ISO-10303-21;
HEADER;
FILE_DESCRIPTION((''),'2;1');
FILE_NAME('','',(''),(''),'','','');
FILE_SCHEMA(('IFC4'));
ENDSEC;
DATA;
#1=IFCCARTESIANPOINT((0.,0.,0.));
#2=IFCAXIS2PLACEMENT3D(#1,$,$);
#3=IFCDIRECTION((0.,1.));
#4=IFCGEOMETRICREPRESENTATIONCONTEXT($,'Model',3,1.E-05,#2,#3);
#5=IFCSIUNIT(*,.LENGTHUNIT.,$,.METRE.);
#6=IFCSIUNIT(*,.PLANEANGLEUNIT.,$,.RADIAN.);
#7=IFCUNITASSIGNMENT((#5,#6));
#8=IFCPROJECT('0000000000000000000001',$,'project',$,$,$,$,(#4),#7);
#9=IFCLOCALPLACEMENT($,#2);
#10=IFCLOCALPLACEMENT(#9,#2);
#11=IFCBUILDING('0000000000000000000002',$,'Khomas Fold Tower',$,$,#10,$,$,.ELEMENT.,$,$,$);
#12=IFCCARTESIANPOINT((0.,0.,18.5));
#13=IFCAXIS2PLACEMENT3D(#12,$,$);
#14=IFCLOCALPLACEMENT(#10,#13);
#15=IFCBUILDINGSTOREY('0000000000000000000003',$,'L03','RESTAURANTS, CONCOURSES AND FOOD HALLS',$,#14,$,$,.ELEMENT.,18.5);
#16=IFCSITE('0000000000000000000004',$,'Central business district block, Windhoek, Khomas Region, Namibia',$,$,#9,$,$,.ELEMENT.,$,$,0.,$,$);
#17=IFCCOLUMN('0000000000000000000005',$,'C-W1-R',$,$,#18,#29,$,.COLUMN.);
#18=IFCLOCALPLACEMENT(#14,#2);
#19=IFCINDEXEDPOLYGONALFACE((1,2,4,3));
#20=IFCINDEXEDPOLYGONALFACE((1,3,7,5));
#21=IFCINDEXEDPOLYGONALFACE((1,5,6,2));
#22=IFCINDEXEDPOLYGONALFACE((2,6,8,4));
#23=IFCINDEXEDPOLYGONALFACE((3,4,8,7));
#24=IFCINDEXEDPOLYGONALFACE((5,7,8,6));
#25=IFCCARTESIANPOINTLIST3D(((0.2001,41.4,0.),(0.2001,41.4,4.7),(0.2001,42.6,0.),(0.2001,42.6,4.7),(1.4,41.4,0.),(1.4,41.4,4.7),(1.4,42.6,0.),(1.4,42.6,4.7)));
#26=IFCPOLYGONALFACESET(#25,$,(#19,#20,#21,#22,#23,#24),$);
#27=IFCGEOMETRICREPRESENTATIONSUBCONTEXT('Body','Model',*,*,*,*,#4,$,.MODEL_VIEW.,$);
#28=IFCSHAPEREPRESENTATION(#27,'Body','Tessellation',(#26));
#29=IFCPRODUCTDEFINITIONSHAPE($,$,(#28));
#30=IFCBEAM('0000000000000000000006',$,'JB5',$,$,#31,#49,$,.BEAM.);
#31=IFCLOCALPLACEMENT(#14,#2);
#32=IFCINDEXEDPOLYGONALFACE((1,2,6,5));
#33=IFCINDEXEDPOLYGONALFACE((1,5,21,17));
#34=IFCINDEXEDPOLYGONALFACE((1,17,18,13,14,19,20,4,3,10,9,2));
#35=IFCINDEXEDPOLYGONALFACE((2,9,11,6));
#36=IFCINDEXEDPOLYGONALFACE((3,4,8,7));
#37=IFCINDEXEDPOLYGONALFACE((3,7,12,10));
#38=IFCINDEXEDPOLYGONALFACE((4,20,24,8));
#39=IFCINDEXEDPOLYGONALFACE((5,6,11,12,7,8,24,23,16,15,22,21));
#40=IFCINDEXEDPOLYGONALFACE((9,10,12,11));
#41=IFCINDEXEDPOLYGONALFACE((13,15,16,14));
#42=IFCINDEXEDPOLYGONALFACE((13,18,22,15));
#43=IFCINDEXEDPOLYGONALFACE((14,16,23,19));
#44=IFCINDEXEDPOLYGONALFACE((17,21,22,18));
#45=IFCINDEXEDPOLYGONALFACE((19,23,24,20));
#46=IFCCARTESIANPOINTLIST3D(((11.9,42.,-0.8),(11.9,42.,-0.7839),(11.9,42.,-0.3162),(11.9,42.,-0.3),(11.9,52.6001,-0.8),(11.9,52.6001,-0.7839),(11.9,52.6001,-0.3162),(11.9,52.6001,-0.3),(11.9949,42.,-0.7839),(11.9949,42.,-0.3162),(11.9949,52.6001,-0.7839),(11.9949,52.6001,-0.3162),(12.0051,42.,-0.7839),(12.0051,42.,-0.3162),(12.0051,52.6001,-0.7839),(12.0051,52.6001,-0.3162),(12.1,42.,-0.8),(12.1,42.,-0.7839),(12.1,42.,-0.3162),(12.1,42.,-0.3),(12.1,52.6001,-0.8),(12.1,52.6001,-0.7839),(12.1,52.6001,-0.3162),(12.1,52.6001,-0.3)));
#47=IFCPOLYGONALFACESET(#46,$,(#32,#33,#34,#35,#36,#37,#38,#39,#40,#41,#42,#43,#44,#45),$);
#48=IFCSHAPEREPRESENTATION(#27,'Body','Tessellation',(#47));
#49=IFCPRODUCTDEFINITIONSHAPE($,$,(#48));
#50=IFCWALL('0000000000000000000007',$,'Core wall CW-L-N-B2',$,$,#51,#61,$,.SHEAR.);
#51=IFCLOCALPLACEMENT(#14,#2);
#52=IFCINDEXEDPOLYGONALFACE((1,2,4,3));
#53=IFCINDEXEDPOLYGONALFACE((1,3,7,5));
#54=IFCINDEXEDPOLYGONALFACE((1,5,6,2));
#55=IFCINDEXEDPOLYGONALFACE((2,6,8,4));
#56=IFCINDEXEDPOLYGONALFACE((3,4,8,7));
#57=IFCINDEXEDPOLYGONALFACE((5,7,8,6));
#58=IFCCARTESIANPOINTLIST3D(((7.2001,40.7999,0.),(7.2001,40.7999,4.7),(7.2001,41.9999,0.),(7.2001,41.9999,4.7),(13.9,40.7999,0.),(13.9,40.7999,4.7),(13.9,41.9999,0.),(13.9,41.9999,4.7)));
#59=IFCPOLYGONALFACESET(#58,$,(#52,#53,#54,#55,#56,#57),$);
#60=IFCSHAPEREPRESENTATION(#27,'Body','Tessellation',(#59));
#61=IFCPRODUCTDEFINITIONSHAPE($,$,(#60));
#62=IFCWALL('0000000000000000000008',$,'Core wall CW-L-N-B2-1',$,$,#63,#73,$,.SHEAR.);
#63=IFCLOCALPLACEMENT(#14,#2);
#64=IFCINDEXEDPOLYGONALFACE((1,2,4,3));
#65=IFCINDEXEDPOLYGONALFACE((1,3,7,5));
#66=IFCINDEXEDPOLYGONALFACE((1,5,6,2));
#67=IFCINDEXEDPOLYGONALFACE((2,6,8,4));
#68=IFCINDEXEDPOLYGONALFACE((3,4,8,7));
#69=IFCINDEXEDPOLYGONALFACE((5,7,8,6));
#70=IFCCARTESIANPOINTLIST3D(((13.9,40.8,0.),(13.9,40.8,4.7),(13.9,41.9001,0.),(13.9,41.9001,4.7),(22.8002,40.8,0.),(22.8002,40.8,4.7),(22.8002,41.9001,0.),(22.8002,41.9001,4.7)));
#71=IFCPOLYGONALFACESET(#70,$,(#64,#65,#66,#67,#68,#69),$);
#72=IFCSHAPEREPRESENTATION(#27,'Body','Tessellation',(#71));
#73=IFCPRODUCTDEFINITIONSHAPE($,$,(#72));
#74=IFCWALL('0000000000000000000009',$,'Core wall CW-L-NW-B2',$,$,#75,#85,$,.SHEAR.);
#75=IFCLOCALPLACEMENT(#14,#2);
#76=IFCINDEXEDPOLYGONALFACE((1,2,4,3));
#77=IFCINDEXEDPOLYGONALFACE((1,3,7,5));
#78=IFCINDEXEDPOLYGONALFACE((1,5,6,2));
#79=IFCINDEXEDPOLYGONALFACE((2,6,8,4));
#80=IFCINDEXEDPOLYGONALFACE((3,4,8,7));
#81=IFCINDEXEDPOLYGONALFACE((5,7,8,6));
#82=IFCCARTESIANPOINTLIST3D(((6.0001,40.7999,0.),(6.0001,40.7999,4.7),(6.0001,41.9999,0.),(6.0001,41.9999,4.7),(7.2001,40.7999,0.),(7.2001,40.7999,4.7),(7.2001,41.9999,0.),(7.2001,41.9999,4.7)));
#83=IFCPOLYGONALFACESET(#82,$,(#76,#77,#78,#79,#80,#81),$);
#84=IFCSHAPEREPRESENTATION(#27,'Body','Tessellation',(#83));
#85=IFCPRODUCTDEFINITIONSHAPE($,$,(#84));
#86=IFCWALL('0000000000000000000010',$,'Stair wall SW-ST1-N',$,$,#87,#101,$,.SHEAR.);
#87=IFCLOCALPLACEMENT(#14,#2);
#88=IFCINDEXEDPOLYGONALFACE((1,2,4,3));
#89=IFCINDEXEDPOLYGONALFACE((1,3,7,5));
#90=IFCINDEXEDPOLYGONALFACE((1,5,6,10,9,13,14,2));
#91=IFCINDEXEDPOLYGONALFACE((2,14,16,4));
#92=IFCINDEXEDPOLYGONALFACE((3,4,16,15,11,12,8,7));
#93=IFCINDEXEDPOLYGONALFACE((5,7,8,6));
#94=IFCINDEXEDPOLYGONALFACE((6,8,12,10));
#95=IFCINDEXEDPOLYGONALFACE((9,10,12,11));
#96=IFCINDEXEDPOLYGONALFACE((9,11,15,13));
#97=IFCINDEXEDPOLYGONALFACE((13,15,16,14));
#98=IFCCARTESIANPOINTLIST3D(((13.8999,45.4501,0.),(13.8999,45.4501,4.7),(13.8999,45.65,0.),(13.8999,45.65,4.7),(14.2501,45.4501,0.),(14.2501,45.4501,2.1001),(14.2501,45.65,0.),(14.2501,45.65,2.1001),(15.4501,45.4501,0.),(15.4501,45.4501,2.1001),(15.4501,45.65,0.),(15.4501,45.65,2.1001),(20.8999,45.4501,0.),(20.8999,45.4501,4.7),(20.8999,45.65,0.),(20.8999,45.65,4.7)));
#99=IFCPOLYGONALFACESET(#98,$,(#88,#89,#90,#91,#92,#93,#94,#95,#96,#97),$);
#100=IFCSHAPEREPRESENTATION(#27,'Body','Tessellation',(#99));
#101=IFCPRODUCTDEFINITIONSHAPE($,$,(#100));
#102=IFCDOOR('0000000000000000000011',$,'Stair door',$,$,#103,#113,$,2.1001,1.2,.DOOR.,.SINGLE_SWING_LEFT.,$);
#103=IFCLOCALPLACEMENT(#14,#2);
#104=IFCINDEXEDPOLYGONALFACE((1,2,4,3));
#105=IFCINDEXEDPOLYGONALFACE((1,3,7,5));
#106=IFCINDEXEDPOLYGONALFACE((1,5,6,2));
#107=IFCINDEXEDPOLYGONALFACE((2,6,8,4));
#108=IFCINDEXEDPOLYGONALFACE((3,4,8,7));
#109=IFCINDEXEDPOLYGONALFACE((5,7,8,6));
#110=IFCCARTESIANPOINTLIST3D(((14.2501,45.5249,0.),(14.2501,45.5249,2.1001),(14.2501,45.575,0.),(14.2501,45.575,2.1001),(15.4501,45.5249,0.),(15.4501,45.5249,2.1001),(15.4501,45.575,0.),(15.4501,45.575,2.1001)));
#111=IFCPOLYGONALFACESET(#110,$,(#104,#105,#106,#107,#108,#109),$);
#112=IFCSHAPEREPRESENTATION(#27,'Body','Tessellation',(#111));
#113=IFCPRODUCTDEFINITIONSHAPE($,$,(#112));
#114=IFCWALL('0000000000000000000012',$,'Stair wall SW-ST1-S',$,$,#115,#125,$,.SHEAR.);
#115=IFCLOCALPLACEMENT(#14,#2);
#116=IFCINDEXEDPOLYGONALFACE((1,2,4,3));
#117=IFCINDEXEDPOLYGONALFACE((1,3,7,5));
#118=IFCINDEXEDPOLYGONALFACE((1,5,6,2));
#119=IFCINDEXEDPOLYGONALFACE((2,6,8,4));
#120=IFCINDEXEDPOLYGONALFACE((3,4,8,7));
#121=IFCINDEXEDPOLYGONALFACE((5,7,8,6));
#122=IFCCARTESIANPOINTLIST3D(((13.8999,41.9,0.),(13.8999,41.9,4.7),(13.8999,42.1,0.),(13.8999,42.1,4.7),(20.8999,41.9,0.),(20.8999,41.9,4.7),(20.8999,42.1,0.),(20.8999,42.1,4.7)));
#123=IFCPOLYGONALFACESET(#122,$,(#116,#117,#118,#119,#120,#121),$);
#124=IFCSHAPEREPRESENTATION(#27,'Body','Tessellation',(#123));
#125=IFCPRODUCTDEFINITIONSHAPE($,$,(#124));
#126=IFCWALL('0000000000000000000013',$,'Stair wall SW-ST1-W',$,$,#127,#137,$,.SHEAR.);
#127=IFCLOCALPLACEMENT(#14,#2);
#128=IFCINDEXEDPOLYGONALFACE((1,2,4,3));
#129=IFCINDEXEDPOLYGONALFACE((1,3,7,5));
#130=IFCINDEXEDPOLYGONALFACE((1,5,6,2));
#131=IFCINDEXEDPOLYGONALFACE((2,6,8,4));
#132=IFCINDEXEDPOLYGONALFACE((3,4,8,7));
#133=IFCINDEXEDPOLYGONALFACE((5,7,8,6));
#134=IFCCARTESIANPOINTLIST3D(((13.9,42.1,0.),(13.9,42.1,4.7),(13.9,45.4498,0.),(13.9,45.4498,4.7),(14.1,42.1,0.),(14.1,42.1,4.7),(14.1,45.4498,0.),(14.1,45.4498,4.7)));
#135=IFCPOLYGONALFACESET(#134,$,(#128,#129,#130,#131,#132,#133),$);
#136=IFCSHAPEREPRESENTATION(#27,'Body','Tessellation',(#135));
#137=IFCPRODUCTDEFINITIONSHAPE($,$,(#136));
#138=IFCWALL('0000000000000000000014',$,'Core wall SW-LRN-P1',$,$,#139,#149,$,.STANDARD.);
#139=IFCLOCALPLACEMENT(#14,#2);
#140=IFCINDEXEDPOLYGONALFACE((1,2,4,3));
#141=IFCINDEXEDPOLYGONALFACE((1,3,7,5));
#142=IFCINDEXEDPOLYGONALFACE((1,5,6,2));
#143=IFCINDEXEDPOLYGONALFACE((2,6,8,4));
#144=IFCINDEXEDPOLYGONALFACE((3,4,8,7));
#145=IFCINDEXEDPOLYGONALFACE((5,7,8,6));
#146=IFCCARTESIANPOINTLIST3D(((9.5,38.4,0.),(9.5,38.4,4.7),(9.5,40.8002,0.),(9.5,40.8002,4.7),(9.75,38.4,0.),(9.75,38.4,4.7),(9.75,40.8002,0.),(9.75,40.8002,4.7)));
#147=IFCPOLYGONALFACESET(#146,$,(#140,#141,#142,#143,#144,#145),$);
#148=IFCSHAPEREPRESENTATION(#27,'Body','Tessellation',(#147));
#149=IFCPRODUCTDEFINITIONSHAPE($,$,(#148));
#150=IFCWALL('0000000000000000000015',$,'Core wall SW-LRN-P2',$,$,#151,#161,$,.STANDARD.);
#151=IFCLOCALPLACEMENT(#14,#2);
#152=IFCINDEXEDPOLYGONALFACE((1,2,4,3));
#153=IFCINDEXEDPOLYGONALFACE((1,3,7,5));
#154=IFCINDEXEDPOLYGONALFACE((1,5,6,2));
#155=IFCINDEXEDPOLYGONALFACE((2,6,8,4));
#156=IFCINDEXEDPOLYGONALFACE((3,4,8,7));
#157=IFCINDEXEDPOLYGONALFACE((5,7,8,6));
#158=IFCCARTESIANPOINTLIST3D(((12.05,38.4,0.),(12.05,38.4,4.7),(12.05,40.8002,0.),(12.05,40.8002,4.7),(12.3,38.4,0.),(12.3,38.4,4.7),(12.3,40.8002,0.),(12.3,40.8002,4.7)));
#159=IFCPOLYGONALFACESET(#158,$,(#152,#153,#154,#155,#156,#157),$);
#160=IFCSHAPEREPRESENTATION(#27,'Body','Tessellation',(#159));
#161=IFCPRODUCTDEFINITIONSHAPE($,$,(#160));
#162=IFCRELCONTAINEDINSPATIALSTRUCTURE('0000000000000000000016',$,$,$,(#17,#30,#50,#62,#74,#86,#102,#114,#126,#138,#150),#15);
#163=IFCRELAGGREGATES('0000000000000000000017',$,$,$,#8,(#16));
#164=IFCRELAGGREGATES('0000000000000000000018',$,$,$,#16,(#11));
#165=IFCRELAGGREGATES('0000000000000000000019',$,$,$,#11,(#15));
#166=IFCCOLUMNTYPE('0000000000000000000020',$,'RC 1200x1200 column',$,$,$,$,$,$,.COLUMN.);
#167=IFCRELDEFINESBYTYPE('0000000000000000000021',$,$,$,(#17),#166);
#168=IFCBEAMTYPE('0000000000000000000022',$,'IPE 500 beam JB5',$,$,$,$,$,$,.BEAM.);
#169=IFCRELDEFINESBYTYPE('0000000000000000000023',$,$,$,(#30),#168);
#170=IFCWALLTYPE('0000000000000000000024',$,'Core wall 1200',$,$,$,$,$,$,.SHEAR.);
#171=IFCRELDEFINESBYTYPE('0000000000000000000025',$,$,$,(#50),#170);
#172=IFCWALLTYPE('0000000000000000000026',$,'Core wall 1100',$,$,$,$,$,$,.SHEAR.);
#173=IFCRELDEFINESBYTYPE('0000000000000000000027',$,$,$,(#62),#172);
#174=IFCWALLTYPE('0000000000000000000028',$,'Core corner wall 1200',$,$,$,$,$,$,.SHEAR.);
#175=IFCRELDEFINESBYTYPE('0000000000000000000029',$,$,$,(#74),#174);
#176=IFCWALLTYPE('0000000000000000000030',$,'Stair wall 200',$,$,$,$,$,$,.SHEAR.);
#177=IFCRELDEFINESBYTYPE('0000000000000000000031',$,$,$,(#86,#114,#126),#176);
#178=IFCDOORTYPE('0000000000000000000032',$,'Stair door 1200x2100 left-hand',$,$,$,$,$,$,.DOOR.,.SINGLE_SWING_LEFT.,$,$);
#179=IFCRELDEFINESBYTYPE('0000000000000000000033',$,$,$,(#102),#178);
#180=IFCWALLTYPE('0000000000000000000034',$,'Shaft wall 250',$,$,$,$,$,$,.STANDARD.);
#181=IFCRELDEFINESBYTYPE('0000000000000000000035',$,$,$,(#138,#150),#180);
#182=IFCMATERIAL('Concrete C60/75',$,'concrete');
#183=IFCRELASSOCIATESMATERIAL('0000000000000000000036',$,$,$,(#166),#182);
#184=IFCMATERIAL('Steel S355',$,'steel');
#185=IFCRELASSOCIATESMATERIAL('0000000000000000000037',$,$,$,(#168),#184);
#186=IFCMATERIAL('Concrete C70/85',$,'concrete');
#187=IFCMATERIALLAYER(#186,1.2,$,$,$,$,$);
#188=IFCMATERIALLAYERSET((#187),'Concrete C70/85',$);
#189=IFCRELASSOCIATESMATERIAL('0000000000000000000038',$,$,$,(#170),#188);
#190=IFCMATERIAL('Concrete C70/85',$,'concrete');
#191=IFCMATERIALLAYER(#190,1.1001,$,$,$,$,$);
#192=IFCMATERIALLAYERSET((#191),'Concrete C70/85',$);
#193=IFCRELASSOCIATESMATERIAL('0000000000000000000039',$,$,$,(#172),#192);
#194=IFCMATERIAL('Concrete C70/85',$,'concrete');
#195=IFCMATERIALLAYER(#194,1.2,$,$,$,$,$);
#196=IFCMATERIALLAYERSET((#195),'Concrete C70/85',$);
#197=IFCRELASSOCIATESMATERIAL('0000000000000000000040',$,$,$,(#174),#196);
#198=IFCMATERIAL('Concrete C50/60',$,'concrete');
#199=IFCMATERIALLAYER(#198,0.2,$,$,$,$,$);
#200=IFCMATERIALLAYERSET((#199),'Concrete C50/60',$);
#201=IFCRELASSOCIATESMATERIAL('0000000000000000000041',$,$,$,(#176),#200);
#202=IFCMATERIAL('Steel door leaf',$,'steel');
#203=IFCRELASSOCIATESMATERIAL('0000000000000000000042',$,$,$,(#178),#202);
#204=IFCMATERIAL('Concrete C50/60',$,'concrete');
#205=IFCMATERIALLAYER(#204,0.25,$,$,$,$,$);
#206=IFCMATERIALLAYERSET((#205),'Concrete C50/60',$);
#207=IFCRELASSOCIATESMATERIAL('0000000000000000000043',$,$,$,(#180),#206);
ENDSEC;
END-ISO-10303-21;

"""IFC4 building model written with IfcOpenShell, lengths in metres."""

from ifc_helpers import new_model, si_unit, direction, frame, frame_2d, origin, origin_2d, place, context, subcontext, project, spatial, rectangle, i_section, extrude, source, transform, mapped, material, layer, layer_set, material_profile, profile_set, type_object, element, fill, save


model = new_model("IFC4")

# Units and contexts
model_context = context("Model", 3, precision=1e-05, world=origin(), true_north=direction((0.0, 1.0)))
body_context = subcontext(model_context, "Body", "Model", "MODEL_VIEW")
ifc_project = project(units=[si_unit("LENGTHUNIT", "METRE"), si_unit("PLANEANGLEUNIT", "RADIAN")], contexts=[model_context])

# Site, building, storey
site_placement = place(None, origin())
site = spatial("IfcSite", under=ifc_project, at=site_placement, Name="Central business district block, Windhoek, Khomas Region, Namibia", CompositionType="ELEMENT", RefElevation=0.0)
building_placement = place(site_placement, origin())
building = spatial("IfcBuilding", under=site, at=building_placement, Name="Khomas Fold Tower", CompositionType="ELEMENT")
storey_placement = place(building_placement, frame((0.0, 0.0, 18.5)))
storey = spatial("IfcBuildingStorey", under=building, at=storey_placement, Name="L03", Description="RESTAURANTS, CONCOURSES AND FOOD HALLS", CompositionType="ELEMENT", Elevation=18.5)

# Column
ifc_material_1 = material(Name="Concrete C60/75", Category="concrete")
ifc_material_profile_1 = material_profile(ifc_material_1, rectangle(XDim=1.2, YDim=1.2, at=origin_2d()), Name="RC 1200x1200")
ifc_profile_set_1 = profile_set([ifc_material_profile_1], Name="Concrete C60/75")
column_type = type_object("IfcColumnType", Name="RC 1200x1200 column", PredefinedType="COLUMN", material=ifc_profile_set_1)
shared_shape_1 = source(origin(), body_context, "Body", "SweptSolid", [
    extrude(rectangle(XDim=1.2, YDim=1.2, at=origin_2d()), origin(), (0.0, 0.0, 1.0), 4.7),
])
column_placement = place(storey_placement, frame((0.8, 42.0, 0.0), z_axis=(0.0, 0.0, 1.0), x_axis=(1.0, 0.0, 0.0)))
element("IfcColumn", 1, at=column_placement, inside=storey, type_object=column_type, Name="C-W1-R", PredefinedType="COLUMN", context=body_context, shape_type="MappedRepresentation", body=[
    mapped(shared_shape_1, transform((0.0, 0.0, 0.0))),
])

# Beam
ifc_material_2 = material(Name="Steel S355", Category="steel")
ifc_material_profile_2 = material_profile(ifc_material_2, i_section(OverallWidth=0.2, OverallDepth=0.5, WebThickness=0.0103, FlangeThickness=0.0161, at=origin_2d()), Name="IPE 500")
ifc_profile_set_2 = profile_set([ifc_material_profile_2], Name="Steel S355")
beam_type = type_object("IfcBeamType", Name="IPE 500 beam JB5", PredefinedType="BEAM", material=ifc_profile_set_2)
shared_shape_2 = source(origin(), body_context, "Body", "SweptSolid", [
    extrude(i_section(OverallWidth=0.2, OverallDepth=0.5, WebThickness=0.0103, FlangeThickness=0.0161, at=origin_2d()), origin(), (0.0, 0.0, 1.0), 10.6001),
])
beam_placement = place(storey_placement, frame((12.0, 42.0, -0.55), z_axis=(0.0, 1.0, 0.0), x_axis=(-1.0, 0.0, 0.0)))
element("IfcBeam", 2, at=beam_placement, inside=storey, type_object=beam_type, Name="JB5", PredefinedType="BEAM", context=body_context, shape_type="MappedRepresentation", body=[
    mapped(shared_shape_2, transform((0.0, 0.0, 0.0))),
])

# Walls
ifc_material_3 = material(Name="Concrete C70/85", Category="concrete")
ifc_layer_1 = layer(ifc_material_3, 1.2)
ifc_layer_set_1 = layer_set([ifc_layer_1], Name="Concrete C70/85")
wall_type_1 = type_object("IfcWallType", Name="Core wall 1200", PredefinedType="SHEAR", material=ifc_layer_set_1)
shared_shape_3 = source(origin(), body_context, "Body", "SweptSolid", [
    extrude(rectangle(XDim=6.7, YDim=1.2, at=frame_2d((3.3501, 0.0))), origin(), (0.0, 0.0, 1.0), 4.7),
])
wall_1_placement = place(storey_placement, frame((7.2, 41.3999, 0.0), z_axis=(0.0, 0.0, 1.0), x_axis=(1.0, 0.0, 0.0)))
element("IfcWall", 3, at=wall_1_placement, inside=storey, type_object=wall_type_1, Name="Core wall CW-L-N-B2", PredefinedType="SHEAR", context=body_context, shape_type="MappedRepresentation", body=[
    mapped(shared_shape_3, transform((0.0, 0.0, 0.0))),
])
ifc_material_4 = material(Name="Concrete C70/85", Category="concrete")
ifc_layer_2 = layer(ifc_material_4, 1.1001)
ifc_layer_set_2 = layer_set([ifc_layer_2], Name="Concrete C70/85")
wall_type_2 = type_object("IfcWallType", Name="Core wall 1100", PredefinedType="SHEAR", material=ifc_layer_set_2)
shared_shape_4 = source(origin(), body_context, "Body", "SweptSolid", [
    extrude(rectangle(XDim=8.9001, YDim=1.1001, at=frame_2d((4.4502, 0.0))), origin(), (0.0, 0.0, 1.0), 4.7),
])
wall_2_placement = place(storey_placement, frame((13.8999, 41.3501, 0.0), z_axis=(0.0, 0.0, 1.0), x_axis=(1.0, 0.0, 0.0)))
element("IfcWall", 4, at=wall_2_placement, inside=storey, type_object=wall_type_2, Name="Core wall CW-L-N-B2-1", PredefinedType="SHEAR", context=body_context, shape_type="MappedRepresentation", body=[
    mapped(shared_shape_4, transform((0.0, 0.0, 0.0))),
])
ifc_material_5 = material(Name="Concrete C70/85", Category="concrete")
ifc_layer_3 = layer(ifc_material_5, 1.2)
ifc_layer_set_3 = layer_set([ifc_layer_3], Name="Concrete C70/85")
wall_type_3 = type_object("IfcWallType", Name="Core corner wall 1200", PredefinedType="SHEAR", material=ifc_layer_set_3)
shared_shape_5 = source(origin(), body_context, "Body", "SweptSolid", [
    extrude(rectangle(XDim=1.2, YDim=1.2, at=frame_2d((0.6001, 0.0))), origin(), (0.0, 0.0, 1.0), 4.7),
])
wall_3_placement = place(storey_placement, frame((6.0, 41.3999, 0.0), z_axis=(0.0, 0.0, 1.0), x_axis=(1.0, 0.0, 0.0)))
element("IfcWall", 5, at=wall_3_placement, inside=storey, type_object=wall_type_3, Name="Core wall CW-L-NW-B2", PredefinedType="SHEAR", context=body_context, shape_type="MappedRepresentation", body=[
    mapped(shared_shape_5, transform((0.0, 0.0, 0.0))),
])

# Wall, opening, door
ifc_material_6 = material(Name="Concrete C50/60", Category="concrete")
ifc_layer_4 = layer(ifc_material_6, 0.2)
ifc_layer_set_4 = layer_set([ifc_layer_4], Name="Concrete C50/60")
wall_type_4 = type_object("IfcWallType", Name="Stair wall 200", PredefinedType="SHEAR", material=ifc_layer_set_4)
shared_shape_6 = source(origin(), body_context, "Body", "SweptSolid", [
    extrude(rectangle(XDim=7.0, YDim=0.2, at=frame_2d((3.5, 0.0))), origin(), (0.0, 0.0, 1.0), 4.7),
])
wall_4_placement = place(storey_placement, frame((13.8999, 45.55, 0.0), z_axis=(0.0, 0.0, 1.0), x_axis=(1.0, 0.0, 0.0)))
wall_4 = element("IfcWall", 6, at=wall_4_placement, inside=storey, type_object=wall_type_4, Name="Stair wall SW-ST1-N", PredefinedType="SHEAR", context=body_context, shape_type="MappedRepresentation", body=[
    mapped(shared_shape_6, transform((0.0, 0.0, 0.0))),
])
shared_shape_7 = source(origin(), body_context, "Body", "SweptSolid", [
    extrude(rectangle(XDim=1.2, YDim=2.1001, at=frame_2d((0.6001, 1.05))), frame((0.0, 0.1099, 0.0), z_axis=(0.0, -1.0, 0.0), x_axis=(1.0, 0.0, 0.0)), (0.0, 0.0, 1.0), 0.22),
])
opening_1_placement = place(wall_4_placement, frame((0.3501, 0.0, 0.0)))
opening_1 = element("IfcOpeningElement", 7, at=opening_1_placement, cuts=wall_4, PredefinedType="OPENING", context=body_context, shape_type="MappedRepresentation", body=[
    mapped(shared_shape_7, transform((0.0, 0.0, 0.0))),
])
ifc_material_7 = material(Name="Steel door leaf", Category="steel")
door_type_1 = type_object("IfcDoorType", Name="Stair door 1200x2100 left-hand", OperationType="SINGLE_SWING_LEFT", PredefinedType="DOOR", material=ifc_material_7)
shared_shape_8 = source(origin(), body_context, "Body", "SweptSolid", [
    extrude(rectangle(XDim=1.2, YDim=2.1001, at=frame_2d((0.6001, 1.05))), frame((0.0, 0.0249, 0.0), z_axis=(0.0, -1.0, 0.0), x_axis=(1.0, 0.0, 0.0)), (0.0, 0.0, 1.0), 0.05),
])
door_1_placement = place(opening_1_placement, origin())
door_1 = element("IfcDoor", 8, at=door_1_placement, inside=storey, type_object=door_type_1, Name="Stair door", OperationType="SINGLE_SWING_LEFT", OverallHeight=2.1001, OverallWidth=1.2, PredefinedType="DOOR", context=body_context, shape_type="MappedRepresentation", body=[
    mapped(shared_shape_8, transform((0.0, 0.0, 0.0))),
])
fill(opening_1, door_1)

# Walls
wall_5_placement = place(storey_placement, frame((13.8999, 42.0, 0.0), z_axis=(0.0, 0.0, 1.0), x_axis=(1.0, 0.0, 0.0)))
element("IfcWall", 9, at=wall_5_placement, inside=storey, type_object=wall_type_4, Name="Stair wall SW-ST1-S", PredefinedType="SHEAR", context=body_context, shape_type="MappedRepresentation", body=[
    mapped(shared_shape_6, transform((0.0, 0.0, 0.0))),
])
shared_shape_9 = source(origin(), body_context, "Body", "SweptSolid", [
    extrude(rectangle(XDim=3.3499, YDim=0.2, at=frame_2d((1.6748, 0.0))), origin(), (0.0, 0.0, 1.0), 4.7),
])
wall_6_placement = place(storey_placement, frame((14.0, 42.1001, 0.0), z_axis=(0.0, 0.0, 1.0), x_axis=(0.0, 1.0, 0.0)))
element("IfcWall", 10, at=wall_6_placement, inside=storey, type_object=wall_type_4, Name="Stair wall SW-ST1-W", PredefinedType="SHEAR", context=body_context, shape_type="MappedRepresentation", body=[
    mapped(shared_shape_9, transform((0.0, 0.0, 0.0))),
])
ifc_material_8 = material(Name="Concrete C50/60", Category="concrete")
ifc_layer_5 = layer(ifc_material_8, 0.25)
ifc_layer_set_5 = layer_set([ifc_layer_5], Name="Concrete C50/60")
wall_type_5 = type_object("IfcWallType", Name="Shaft wall 250", PredefinedType="STANDARD", material=ifc_layer_set_5)
shared_shape_10 = source(origin(), body_context, "Body", "SweptSolid", [
    extrude(rectangle(XDim=2.4001, YDim=0.25, at=frame_2d((1.2002, 0.0))), origin(), (0.0, 0.0, 1.0), 4.7),
])
for number, where, z_axis, x_axis, name in (
    (11, (9.625, 38.3999, 0.0), (0.0, 0.0, 1.0), (0.0, 1.0, 0.0), "Core wall SW-LRN-P1"),
    (12, (12.175, 38.3999, 0.0), (0.0, 0.0, 1.0), (0.0, 1.0, 0.0), "Core wall SW-LRN-P2"),
):
    element("IfcWall", number, at=place(storey_placement, frame(where, z_axis=z_axis, x_axis=x_axis)), inside=storey, type_object=wall_type_5, Name=name, PredefinedType="STANDARD", context=body_context, shape_type="MappedRepresentation", body=[
        mapped(shared_shape_10, transform((0.0, 0.0, 0.0))),
    ])

save(model, "model.ifc")
